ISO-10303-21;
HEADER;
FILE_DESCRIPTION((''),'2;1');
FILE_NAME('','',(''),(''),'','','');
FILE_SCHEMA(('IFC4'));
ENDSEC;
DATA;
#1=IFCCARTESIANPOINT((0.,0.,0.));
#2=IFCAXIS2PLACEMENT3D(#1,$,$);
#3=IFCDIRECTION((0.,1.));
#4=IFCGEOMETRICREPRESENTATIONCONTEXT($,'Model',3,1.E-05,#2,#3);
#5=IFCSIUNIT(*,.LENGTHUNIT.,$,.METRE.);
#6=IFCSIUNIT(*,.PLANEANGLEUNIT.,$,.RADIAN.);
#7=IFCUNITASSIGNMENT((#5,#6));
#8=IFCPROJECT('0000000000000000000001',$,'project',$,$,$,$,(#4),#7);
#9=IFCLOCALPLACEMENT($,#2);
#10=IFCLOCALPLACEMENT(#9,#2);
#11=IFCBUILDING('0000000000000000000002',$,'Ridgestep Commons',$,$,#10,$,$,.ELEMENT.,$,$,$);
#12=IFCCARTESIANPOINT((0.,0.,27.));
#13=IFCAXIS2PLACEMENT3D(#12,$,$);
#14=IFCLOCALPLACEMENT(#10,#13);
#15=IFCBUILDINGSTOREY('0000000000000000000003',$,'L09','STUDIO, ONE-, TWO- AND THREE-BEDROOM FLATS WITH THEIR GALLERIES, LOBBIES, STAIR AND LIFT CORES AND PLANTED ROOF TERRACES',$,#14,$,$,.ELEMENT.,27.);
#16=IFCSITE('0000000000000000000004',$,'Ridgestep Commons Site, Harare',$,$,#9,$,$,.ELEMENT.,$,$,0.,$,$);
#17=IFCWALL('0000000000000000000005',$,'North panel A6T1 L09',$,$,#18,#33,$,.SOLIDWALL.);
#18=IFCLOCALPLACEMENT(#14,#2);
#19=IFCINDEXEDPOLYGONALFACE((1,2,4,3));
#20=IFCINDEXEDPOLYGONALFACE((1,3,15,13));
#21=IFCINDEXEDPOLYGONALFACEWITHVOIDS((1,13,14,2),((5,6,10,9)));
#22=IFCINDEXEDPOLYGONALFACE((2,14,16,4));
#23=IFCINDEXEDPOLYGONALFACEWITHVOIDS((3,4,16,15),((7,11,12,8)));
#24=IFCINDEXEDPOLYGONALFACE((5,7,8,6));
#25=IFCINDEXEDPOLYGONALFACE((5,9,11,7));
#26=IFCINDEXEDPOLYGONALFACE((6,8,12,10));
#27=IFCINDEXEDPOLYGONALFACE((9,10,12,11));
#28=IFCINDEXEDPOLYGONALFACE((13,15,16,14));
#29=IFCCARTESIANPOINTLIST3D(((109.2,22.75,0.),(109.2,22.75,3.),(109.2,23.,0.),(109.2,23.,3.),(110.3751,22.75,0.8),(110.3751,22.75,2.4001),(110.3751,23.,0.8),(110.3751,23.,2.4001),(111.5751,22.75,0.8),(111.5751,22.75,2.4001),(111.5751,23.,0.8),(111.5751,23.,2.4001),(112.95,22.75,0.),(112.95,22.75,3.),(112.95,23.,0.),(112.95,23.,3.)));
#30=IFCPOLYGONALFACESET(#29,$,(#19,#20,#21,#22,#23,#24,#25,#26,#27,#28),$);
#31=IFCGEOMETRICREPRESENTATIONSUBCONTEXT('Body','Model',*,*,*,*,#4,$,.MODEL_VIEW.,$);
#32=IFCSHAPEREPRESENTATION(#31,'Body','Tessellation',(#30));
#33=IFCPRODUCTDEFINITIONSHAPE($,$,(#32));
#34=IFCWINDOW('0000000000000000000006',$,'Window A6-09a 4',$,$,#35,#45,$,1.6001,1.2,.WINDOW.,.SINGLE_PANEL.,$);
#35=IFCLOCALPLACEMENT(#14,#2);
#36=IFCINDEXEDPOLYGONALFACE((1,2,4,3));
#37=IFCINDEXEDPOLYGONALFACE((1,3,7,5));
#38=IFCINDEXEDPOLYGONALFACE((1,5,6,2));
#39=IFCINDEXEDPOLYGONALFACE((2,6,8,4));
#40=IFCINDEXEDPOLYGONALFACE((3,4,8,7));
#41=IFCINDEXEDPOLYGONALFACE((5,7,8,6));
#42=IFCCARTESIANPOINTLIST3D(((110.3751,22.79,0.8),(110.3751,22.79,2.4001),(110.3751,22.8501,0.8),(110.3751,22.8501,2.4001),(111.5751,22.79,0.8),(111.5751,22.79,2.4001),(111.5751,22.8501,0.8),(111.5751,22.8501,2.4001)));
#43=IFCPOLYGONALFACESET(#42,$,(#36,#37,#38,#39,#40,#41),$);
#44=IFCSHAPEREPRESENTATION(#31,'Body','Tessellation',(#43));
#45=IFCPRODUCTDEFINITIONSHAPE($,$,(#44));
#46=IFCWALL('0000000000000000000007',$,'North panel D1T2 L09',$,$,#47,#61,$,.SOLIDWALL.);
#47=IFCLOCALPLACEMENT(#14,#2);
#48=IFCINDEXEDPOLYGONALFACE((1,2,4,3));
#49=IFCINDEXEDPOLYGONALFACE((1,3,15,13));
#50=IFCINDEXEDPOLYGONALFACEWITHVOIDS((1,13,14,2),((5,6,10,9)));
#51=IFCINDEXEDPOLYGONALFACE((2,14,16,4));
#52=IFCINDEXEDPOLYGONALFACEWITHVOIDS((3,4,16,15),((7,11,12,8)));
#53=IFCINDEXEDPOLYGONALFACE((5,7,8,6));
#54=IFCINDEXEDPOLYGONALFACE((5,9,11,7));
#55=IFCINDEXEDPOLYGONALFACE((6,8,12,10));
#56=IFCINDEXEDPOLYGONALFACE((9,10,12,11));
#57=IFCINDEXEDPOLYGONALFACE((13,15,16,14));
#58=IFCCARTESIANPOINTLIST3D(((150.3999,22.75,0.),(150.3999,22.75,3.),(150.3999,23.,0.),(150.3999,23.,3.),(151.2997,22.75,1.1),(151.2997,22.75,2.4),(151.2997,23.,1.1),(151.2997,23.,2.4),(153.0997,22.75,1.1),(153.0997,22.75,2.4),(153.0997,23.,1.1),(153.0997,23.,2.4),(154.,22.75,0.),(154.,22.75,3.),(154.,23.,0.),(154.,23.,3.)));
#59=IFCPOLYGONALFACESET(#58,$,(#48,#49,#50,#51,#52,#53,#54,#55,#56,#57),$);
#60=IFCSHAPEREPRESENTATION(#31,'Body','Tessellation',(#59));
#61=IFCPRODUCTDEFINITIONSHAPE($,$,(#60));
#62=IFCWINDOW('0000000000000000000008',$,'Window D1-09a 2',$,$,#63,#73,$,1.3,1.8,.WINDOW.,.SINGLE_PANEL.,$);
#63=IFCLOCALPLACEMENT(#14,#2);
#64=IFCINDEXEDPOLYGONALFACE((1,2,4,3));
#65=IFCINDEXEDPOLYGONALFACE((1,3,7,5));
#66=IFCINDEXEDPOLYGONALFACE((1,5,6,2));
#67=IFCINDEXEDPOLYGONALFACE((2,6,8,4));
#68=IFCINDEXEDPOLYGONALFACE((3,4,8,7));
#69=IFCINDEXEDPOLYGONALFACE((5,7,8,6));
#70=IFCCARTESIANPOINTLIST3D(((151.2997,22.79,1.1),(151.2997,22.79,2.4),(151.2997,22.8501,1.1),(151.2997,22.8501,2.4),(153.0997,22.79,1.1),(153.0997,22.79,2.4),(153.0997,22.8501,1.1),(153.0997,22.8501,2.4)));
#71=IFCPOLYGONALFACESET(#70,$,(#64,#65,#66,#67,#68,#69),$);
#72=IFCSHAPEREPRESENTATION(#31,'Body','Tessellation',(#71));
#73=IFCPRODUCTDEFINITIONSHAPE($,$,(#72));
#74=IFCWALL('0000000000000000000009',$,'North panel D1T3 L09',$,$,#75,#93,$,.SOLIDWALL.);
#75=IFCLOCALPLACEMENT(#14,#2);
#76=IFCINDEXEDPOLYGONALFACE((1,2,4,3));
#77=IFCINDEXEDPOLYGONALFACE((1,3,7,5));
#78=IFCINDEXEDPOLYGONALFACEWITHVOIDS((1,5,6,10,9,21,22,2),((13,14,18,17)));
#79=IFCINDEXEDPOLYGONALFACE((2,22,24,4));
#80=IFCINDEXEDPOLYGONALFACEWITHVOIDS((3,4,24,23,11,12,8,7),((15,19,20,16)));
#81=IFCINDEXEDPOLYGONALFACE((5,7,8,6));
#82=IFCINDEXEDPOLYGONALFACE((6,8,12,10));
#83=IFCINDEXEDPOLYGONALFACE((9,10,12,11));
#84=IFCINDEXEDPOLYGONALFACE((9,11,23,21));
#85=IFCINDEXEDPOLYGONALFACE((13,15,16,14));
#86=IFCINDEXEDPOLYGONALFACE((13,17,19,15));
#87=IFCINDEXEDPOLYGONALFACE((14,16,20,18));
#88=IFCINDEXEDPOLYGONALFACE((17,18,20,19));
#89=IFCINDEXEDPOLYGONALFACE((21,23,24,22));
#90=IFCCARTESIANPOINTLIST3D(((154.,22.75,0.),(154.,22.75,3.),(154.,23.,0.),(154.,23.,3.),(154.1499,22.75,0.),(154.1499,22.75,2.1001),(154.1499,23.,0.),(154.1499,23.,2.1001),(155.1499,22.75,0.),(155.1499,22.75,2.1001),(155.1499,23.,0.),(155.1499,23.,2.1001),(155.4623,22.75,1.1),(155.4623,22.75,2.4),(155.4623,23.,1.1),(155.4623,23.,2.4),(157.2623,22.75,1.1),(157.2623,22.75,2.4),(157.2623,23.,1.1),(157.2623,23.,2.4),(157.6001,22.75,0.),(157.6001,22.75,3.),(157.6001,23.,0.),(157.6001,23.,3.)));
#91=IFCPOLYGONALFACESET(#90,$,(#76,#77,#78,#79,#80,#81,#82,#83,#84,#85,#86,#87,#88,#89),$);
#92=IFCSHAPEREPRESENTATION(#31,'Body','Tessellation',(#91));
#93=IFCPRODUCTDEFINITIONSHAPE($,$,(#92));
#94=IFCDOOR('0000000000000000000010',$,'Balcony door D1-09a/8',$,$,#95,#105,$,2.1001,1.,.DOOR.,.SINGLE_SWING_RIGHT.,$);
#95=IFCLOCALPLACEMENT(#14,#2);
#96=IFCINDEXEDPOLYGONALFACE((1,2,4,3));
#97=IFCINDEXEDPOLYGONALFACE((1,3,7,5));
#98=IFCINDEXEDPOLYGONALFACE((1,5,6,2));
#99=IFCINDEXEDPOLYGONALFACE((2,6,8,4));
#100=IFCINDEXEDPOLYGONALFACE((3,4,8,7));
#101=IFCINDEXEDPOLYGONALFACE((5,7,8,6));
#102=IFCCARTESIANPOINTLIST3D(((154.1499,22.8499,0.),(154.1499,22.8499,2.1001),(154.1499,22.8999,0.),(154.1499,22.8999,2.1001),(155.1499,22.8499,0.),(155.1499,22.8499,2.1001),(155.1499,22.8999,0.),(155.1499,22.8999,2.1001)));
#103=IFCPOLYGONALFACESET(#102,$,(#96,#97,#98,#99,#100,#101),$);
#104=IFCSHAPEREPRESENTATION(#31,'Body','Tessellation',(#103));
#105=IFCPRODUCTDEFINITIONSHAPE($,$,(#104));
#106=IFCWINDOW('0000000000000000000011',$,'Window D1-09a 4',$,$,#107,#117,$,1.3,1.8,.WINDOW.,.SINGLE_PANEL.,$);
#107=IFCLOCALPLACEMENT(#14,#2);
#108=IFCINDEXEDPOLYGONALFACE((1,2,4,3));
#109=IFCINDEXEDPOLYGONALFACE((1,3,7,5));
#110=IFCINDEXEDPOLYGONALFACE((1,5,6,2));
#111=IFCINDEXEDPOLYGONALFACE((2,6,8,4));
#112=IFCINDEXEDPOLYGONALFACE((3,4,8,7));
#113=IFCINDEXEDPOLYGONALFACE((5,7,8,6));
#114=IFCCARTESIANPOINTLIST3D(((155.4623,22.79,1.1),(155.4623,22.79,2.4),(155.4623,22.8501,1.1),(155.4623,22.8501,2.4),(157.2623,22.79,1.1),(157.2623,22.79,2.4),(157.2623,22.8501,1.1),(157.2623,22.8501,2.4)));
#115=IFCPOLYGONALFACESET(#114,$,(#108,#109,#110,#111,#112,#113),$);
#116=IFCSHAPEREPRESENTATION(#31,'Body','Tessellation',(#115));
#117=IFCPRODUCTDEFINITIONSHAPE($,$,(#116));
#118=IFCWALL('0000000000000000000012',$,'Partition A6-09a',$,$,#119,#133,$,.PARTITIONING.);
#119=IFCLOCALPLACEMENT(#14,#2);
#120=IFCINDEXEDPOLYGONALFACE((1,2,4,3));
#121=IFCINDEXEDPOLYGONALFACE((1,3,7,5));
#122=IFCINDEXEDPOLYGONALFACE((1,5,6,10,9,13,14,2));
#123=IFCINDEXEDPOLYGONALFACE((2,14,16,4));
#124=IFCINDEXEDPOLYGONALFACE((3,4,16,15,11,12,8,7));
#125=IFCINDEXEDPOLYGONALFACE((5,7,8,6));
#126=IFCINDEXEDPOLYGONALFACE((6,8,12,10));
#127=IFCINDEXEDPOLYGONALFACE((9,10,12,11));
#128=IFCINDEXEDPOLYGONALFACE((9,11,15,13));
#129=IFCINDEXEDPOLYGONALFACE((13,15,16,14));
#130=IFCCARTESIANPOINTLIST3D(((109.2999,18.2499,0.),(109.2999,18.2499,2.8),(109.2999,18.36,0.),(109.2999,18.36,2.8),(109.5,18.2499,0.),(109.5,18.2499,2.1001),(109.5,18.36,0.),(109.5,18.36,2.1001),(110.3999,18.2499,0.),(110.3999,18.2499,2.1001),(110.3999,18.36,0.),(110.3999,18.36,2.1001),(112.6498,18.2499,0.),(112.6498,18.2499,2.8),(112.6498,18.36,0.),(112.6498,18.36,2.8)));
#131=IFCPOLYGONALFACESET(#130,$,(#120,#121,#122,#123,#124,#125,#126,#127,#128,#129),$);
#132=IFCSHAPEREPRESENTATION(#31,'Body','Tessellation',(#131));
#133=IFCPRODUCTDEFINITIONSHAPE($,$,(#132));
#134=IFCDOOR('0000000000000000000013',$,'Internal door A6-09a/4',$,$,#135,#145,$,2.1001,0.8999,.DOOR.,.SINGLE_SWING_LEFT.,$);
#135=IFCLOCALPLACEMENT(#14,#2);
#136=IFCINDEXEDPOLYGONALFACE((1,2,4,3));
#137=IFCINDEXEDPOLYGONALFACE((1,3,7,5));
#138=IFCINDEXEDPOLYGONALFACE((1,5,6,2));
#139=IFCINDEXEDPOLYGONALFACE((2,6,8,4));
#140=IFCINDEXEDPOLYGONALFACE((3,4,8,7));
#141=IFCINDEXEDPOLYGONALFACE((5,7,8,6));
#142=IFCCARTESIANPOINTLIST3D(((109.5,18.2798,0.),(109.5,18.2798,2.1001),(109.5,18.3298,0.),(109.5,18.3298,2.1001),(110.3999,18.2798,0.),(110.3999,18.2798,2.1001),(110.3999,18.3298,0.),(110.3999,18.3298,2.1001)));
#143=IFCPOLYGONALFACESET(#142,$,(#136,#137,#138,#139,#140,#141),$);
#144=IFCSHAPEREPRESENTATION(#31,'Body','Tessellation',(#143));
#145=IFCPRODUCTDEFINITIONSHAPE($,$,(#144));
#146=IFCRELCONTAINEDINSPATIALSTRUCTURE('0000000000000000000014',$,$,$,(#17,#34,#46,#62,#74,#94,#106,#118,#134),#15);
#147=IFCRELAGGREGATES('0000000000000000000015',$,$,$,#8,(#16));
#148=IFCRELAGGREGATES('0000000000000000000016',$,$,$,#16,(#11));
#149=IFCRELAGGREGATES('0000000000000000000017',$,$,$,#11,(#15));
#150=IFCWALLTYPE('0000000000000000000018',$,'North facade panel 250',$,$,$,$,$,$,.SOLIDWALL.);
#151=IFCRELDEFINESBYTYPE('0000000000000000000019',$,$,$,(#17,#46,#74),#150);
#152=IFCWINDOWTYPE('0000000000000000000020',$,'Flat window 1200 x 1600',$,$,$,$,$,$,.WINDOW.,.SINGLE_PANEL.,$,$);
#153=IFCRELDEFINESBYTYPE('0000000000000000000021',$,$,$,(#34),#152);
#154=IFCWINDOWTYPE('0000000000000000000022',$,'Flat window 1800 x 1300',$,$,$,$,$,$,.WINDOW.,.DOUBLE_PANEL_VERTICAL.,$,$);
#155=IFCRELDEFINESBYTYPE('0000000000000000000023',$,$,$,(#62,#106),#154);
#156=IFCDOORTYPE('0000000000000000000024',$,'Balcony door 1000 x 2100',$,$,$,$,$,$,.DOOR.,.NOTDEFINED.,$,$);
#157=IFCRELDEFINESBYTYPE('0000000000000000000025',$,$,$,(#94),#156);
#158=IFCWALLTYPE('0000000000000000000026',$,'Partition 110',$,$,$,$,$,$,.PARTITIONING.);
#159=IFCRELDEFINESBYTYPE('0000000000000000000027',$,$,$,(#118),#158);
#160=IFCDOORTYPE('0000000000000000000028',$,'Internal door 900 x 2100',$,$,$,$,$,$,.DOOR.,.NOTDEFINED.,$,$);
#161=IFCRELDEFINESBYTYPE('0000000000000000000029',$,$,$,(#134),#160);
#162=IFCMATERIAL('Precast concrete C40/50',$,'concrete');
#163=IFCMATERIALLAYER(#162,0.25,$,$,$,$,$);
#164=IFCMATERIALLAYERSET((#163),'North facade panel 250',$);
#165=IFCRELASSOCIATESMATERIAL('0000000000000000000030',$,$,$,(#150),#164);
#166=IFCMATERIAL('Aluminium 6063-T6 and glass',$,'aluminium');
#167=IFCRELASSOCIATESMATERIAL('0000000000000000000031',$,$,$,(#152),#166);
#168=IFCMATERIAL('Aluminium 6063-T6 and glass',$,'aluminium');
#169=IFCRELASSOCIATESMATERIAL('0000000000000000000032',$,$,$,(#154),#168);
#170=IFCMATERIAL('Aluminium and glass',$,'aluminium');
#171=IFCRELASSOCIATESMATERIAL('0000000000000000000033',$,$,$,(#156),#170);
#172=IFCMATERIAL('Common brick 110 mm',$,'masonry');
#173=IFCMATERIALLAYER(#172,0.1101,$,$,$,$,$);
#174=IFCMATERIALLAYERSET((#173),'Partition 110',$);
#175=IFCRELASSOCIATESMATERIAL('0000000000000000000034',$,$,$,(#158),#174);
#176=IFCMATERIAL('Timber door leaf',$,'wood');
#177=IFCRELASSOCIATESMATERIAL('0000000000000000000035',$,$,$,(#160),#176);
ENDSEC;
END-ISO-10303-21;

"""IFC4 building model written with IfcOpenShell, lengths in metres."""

from ifc_helpers import new_model, si_unit, direction, frame, frame_2d, origin, place, context, subcontext, project, spatial, rectangle, extrude, material, layer, layer_set, type_object, element, fill, save


model = new_model("IFC4")

# Units and contexts
model_context = context("Model", 3, precision=1e-05, world=origin(), true_north=direction((0.0, 1.0)))
body_context = subcontext(model_context, "Body", "Model", "MODEL_VIEW")
ifc_project = project(units=[si_unit("LENGTHUNIT", "METRE"), si_unit("PLANEANGLEUNIT", "RADIAN")], contexts=[model_context])

# Site, building, storey
site_placement = place(None, origin())
site = spatial("IfcSite", under=ifc_project, at=site_placement, Name="Ridgestep Commons Site, Harare", CompositionType="ELEMENT", RefElevation=0.0)
building_placement = place(site_placement, origin())
building = spatial("IfcBuilding", under=site, at=building_placement, Name="Ridgestep Commons", CompositionType="ELEMENT")
storey_placement = place(building_placement, frame((0.0, 0.0, 27.0)))
storey = spatial("IfcBuildingStorey", under=building, at=storey_placement, Name="L09", Description="STUDIO, ONE-, TWO- AND THREE-BEDROOM FLATS WITH THEIR GALLERIES, LOBBIES, STAIR AND LIFT CORES AND PLANTED ROOF TERRACES", CompositionType="ELEMENT", Elevation=27.0)

# Walls, openings, windows
ifc_material_1 = material(Name="Precast concrete C40/50", Category="concrete")
ifc_layer_1 = layer(ifc_material_1, 0.25)
ifc_layer_set_1 = layer_set([ifc_layer_1], Name="North facade panel 250")
wall_type_1 = type_object("IfcWallType", Name="North facade panel 250", PredefinedType="SOLIDWALL", material=ifc_layer_set_1)
wall_1_placement = place(storey_placement, frame((109.2, 22.875, 0.0), z_axis=(0.0, 0.0, 1.0), x_axis=(1.0, 0.0, 0.0)))
wall_1 = element("IfcWall", 1, at=wall_1_placement, inside=storey, type_object=wall_type_1, Name="North panel A6T1 L09", PredefinedType="SOLIDWALL", context=body_context, shape_type="SweptSolid", body=[
    extrude(rectangle(XDim=3.75, YDim=0.25, at=frame_2d((1.875, 0.0))), origin(), (0.0, 0.0, 1.0), 3.0),
])
opening_1_placement = place(wall_1_placement, frame((1.175, 0.0, 0.8)))
opening_1 = element("IfcOpeningElement", 2, at=opening_1_placement, cuts=wall_1, PredefinedType="OPENING", context=body_context, shape_type="SweptSolid", body=[
    extrude(rectangle(XDim=1.2, YDim=1.6001, at=frame_2d((0.6001, 0.8))), frame((0.0, 0.135, 0.0), z_axis=(0.0, -1.0, 0.0), x_axis=(1.0, 0.0, 0.0)), (0.0, 0.0, 1.0), 0.27),
])
ifc_material_2 = material(Name="Aluminium 6063-T6 and glass", Category="aluminium")
window_type_1 = type_object("IfcWindowType", Name="Flat window 1200 x 1600", PartitioningType="SINGLE_PANEL", PredefinedType="WINDOW", material=ifc_material_2)
window_1_placement = place(opening_1_placement, origin())
window_1 = element("IfcWindow", 3, at=window_1_placement, inside=storey, type_object=window_type_1, Name="Window A6-09a 4", OverallHeight=1.6001, OverallWidth=1.2, PartitioningType="SINGLE_PANEL", PredefinedType="WINDOW", context=body_context, shape_type="SweptSolid", body=[
    extrude(rectangle(XDim=1.2, YDim=1.6001, at=frame_2d((0.6001, 0.8))), frame((0.0, -0.0249, 0.0), z_axis=(0.0, -1.0, 0.0), x_axis=(1.0, 0.0, 0.0)), (0.0, 0.0, 1.0), 0.0601),
])
fill(opening_1, window_1)
wall_2_placement = place(storey_placement, frame((150.3999, 22.875, 0.0), z_axis=(0.0, 0.0, 1.0), x_axis=(1.0, 0.0, 0.0)))
wall_2 = element("IfcWall", 4, at=wall_2_placement, inside=storey, type_object=wall_type_1, Name="North panel D1T2 L09", PredefinedType="SOLIDWALL", context=body_context, shape_type="SweptSolid", body=[
    extrude(rectangle(XDim=3.6001, YDim=0.25, at=frame_2d((1.8, 0.0))), origin(), (0.0, 0.0, 1.0), 3.0),
])
opening_2_placement = place(wall_2_placement, frame((0.8999, 0.0, 1.1001)))
opening_2 = element("IfcOpeningElement", 5, at=opening_2_placement, cuts=wall_2, PredefinedType="OPENING", context=body_context, shape_type="SweptSolid", body=[
    extrude(rectangle(XDim=1.8, YDim=1.3, at=frame_2d((0.8999, 0.6499))), frame((0.0, 0.135, 0.0), z_axis=(0.0, -1.0, 0.0), x_axis=(1.0, 0.0, 0.0)), (0.0, 0.0, 1.0), 0.27),
])
ifc_material_3 = material(Name="Aluminium 6063-T6 and glass", Category="aluminium")
window_type_2 = type_object("IfcWindowType", Name="Flat window 1800 x 1300", PartitioningType="DOUBLE_PANEL_VERTICAL", PredefinedType="WINDOW", material=ifc_material_3)
window_2_placement = place(opening_2_placement, origin())
window_2 = element("IfcWindow", 6, at=window_2_placement, inside=storey, type_object=window_type_2, Name="Window D1-09a 2", OverallHeight=1.3, OverallWidth=1.8, PartitioningType="SINGLE_PANEL", PredefinedType="WINDOW", context=body_context, shape_type="SweptSolid", body=[
    extrude(rectangle(XDim=1.8, YDim=1.3, at=frame_2d((0.8999, 0.6499))), frame((0.0, -0.0249, 0.0), z_axis=(0.0, -1.0, 0.0), x_axis=(1.0, 0.0, 0.0)), (0.0, 0.0, 1.0), 0.0601),
])
fill(opening_2, window_2)

# Wall, openings, door, window
wall_3_placement = place(storey_placement, frame((154.0, 22.875, 0.0), z_axis=(0.0, 0.0, 1.0), x_axis=(1.0, 0.0, 0.0)))
wall_3 = element("IfcWall", 7, at=wall_3_placement, inside=storey, type_object=wall_type_1, Name="North panel D1T3 L09", PredefinedType="SOLIDWALL", context=body_context, shape_type="SweptSolid", body=[
    extrude(rectangle(XDim=3.6001, YDim=0.25, at=frame_2d((1.8, 0.0))), origin(), (0.0, 0.0, 1.0), 3.0),
])
opening_3_placement = place(wall_3_placement, frame((1.4624, 0.0, 1.1001)))
opening_3 = element("IfcOpeningElement", 8, at=opening_3_placement, cuts=wall_3, PredefinedType="OPENING", context=body_context, shape_type="SweptSolid", body=[
    extrude(rectangle(XDim=1.8, YDim=1.3, at=frame_2d((0.8999, 0.6499))), frame((0.0, 0.135, 0.0), z_axis=(0.0, -1.0, 0.0), x_axis=(1.0, 0.0, 0.0)), (0.0, 0.0, 1.0), 0.27),
])
opening_4_placement = place(wall_3_placement, frame((0.1499, 0.0, 0.0)))
opening_4 = element("IfcOpeningElement", 9, at=opening_4_placement, cuts=wall_3, PredefinedType="OPENING", context=body_context, shape_type="SweptSolid", body=[
    extrude(rectangle(XDim=1.0, YDim=2.1001, at=frame_2d((0.5, 1.05))), frame((0.0, 0.135, 0.0), z_axis=(0.0, -1.0, 0.0), x_axis=(1.0, 0.0, 0.0)), (0.0, 0.0, 1.0), 0.27),
])
ifc_material_4 = material(Name="Aluminium and glass", Category="aluminium")
door_type_1 = type_object("IfcDoorType", Name="Balcony door 1000 x 2100", OperationType="NOTDEFINED", PredefinedType="DOOR", material=ifc_material_4)
door_1_placement = place(opening_4_placement, origin())
door_1 = element("IfcDoor", 10, at=door_1_placement, inside=storey, type_object=door_type_1, Name="Balcony door D1-09a/8", OperationType="SINGLE_SWING_RIGHT", OverallHeight=2.1001, OverallWidth=1.0, PredefinedType="DOOR", context=body_context, shape_type="SweptSolid", body=[
    extrude(rectangle(XDim=1.0, YDim=2.1001, at=frame_2d((0.5, 1.05))), frame((0.0, 0.0249, 0.0), z_axis=(0.0, -1.0, 0.0), x_axis=(1.0, 0.0, 0.0)), (0.0, 0.0, 1.0), 0.05),
])
fill(opening_4, door_1)
window_3_placement = place(opening_3_placement, origin())
window_3 = element("IfcWindow", 11, at=window_3_placement, inside=storey, type_object=window_type_2, Name="Window D1-09a 4", OverallHeight=1.3, OverallWidth=1.8, PartitioningType="SINGLE_PANEL", PredefinedType="WINDOW", context=body_context, shape_type="SweptSolid", body=[
    extrude(rectangle(XDim=1.8, YDim=1.3, at=frame_2d((0.8999, 0.6499))), frame((0.0, -0.0249, 0.0), z_axis=(0.0, -1.0, 0.0), x_axis=(1.0, 0.0, 0.0)), (0.0, 0.0, 1.0), 0.0601),
])
fill(opening_3, window_3)

# Wall, opening, door
ifc_material_5 = material(Name="Common brick 110 mm", Category="masonry")
ifc_layer_2 = layer(ifc_material_5, 0.1101)
ifc_layer_set_2 = layer_set([ifc_layer_2], Name="Partition 110")
wall_type_2 = type_object("IfcWallType", Name="Partition 110", PredefinedType="PARTITIONING", material=ifc_layer_set_2)
wall_4_placement = place(storey_placement, frame((109.3, 18.3049, 0.0), z_axis=(0.0, 0.0, 1.0), x_axis=(1.0, 0.0, 0.0)))
wall_4 = element("IfcWall", 12, at=wall_4_placement, inside=storey, type_object=wall_type_2, Name="Partition A6-09a", PredefinedType="PARTITIONING", context=body_context, shape_type="SweptSolid", body=[
    extrude(rectangle(XDim=3.3499, YDim=0.1101, at=frame_2d((1.6748, 0.0))), origin(), (0.0, 0.0, 1.0), 2.8),
])
opening_5_placement = place(wall_4_placement, frame((0.2, 0.0, 0.0)))
opening_5 = element("IfcOpeningElement", 13, at=opening_5_placement, cuts=wall_4, PredefinedType="OPENING", context=body_context, shape_type="SweptSolid", body=[
    extrude(rectangle(XDim=0.8999, YDim=2.1001, at=frame_2d((0.45, 1.05))), frame((0.0, 0.0649, 0.0), z_axis=(0.0, -1.0, 0.0), x_axis=(1.0, 0.0, 0.0)), (0.0, 0.0, 1.0), 0.1301),
])
ifc_material_6 = material(Name="Timber door leaf", Category="wood")
door_type_2 = type_object("IfcDoorType", Name="Internal door 900 x 2100", OperationType="NOTDEFINED", PredefinedType="DOOR", material=ifc_material_6)
door_2_placement = place(opening_5_placement, origin())
door_2 = element("IfcDoor", 14, at=door_2_placement, inside=storey, type_object=door_type_2, Name="Internal door A6-09a/4", OperationType="SINGLE_SWING_LEFT", OverallHeight=2.1001, OverallWidth=0.8999, PredefinedType="DOOR", context=body_context, shape_type="SweptSolid", body=[
    extrude(rectangle(XDim=0.8999, YDim=2.1001, at=frame_2d((0.45, 1.05))), frame((0.0, 0.0249, 0.0), z_axis=(0.0, -1.0, 0.0), x_axis=(1.0, 0.0, 0.0)), (0.0, 0.0, 1.0), 0.05),
])
fill(opening_5, door_2)

save(model, "model.ifc")
